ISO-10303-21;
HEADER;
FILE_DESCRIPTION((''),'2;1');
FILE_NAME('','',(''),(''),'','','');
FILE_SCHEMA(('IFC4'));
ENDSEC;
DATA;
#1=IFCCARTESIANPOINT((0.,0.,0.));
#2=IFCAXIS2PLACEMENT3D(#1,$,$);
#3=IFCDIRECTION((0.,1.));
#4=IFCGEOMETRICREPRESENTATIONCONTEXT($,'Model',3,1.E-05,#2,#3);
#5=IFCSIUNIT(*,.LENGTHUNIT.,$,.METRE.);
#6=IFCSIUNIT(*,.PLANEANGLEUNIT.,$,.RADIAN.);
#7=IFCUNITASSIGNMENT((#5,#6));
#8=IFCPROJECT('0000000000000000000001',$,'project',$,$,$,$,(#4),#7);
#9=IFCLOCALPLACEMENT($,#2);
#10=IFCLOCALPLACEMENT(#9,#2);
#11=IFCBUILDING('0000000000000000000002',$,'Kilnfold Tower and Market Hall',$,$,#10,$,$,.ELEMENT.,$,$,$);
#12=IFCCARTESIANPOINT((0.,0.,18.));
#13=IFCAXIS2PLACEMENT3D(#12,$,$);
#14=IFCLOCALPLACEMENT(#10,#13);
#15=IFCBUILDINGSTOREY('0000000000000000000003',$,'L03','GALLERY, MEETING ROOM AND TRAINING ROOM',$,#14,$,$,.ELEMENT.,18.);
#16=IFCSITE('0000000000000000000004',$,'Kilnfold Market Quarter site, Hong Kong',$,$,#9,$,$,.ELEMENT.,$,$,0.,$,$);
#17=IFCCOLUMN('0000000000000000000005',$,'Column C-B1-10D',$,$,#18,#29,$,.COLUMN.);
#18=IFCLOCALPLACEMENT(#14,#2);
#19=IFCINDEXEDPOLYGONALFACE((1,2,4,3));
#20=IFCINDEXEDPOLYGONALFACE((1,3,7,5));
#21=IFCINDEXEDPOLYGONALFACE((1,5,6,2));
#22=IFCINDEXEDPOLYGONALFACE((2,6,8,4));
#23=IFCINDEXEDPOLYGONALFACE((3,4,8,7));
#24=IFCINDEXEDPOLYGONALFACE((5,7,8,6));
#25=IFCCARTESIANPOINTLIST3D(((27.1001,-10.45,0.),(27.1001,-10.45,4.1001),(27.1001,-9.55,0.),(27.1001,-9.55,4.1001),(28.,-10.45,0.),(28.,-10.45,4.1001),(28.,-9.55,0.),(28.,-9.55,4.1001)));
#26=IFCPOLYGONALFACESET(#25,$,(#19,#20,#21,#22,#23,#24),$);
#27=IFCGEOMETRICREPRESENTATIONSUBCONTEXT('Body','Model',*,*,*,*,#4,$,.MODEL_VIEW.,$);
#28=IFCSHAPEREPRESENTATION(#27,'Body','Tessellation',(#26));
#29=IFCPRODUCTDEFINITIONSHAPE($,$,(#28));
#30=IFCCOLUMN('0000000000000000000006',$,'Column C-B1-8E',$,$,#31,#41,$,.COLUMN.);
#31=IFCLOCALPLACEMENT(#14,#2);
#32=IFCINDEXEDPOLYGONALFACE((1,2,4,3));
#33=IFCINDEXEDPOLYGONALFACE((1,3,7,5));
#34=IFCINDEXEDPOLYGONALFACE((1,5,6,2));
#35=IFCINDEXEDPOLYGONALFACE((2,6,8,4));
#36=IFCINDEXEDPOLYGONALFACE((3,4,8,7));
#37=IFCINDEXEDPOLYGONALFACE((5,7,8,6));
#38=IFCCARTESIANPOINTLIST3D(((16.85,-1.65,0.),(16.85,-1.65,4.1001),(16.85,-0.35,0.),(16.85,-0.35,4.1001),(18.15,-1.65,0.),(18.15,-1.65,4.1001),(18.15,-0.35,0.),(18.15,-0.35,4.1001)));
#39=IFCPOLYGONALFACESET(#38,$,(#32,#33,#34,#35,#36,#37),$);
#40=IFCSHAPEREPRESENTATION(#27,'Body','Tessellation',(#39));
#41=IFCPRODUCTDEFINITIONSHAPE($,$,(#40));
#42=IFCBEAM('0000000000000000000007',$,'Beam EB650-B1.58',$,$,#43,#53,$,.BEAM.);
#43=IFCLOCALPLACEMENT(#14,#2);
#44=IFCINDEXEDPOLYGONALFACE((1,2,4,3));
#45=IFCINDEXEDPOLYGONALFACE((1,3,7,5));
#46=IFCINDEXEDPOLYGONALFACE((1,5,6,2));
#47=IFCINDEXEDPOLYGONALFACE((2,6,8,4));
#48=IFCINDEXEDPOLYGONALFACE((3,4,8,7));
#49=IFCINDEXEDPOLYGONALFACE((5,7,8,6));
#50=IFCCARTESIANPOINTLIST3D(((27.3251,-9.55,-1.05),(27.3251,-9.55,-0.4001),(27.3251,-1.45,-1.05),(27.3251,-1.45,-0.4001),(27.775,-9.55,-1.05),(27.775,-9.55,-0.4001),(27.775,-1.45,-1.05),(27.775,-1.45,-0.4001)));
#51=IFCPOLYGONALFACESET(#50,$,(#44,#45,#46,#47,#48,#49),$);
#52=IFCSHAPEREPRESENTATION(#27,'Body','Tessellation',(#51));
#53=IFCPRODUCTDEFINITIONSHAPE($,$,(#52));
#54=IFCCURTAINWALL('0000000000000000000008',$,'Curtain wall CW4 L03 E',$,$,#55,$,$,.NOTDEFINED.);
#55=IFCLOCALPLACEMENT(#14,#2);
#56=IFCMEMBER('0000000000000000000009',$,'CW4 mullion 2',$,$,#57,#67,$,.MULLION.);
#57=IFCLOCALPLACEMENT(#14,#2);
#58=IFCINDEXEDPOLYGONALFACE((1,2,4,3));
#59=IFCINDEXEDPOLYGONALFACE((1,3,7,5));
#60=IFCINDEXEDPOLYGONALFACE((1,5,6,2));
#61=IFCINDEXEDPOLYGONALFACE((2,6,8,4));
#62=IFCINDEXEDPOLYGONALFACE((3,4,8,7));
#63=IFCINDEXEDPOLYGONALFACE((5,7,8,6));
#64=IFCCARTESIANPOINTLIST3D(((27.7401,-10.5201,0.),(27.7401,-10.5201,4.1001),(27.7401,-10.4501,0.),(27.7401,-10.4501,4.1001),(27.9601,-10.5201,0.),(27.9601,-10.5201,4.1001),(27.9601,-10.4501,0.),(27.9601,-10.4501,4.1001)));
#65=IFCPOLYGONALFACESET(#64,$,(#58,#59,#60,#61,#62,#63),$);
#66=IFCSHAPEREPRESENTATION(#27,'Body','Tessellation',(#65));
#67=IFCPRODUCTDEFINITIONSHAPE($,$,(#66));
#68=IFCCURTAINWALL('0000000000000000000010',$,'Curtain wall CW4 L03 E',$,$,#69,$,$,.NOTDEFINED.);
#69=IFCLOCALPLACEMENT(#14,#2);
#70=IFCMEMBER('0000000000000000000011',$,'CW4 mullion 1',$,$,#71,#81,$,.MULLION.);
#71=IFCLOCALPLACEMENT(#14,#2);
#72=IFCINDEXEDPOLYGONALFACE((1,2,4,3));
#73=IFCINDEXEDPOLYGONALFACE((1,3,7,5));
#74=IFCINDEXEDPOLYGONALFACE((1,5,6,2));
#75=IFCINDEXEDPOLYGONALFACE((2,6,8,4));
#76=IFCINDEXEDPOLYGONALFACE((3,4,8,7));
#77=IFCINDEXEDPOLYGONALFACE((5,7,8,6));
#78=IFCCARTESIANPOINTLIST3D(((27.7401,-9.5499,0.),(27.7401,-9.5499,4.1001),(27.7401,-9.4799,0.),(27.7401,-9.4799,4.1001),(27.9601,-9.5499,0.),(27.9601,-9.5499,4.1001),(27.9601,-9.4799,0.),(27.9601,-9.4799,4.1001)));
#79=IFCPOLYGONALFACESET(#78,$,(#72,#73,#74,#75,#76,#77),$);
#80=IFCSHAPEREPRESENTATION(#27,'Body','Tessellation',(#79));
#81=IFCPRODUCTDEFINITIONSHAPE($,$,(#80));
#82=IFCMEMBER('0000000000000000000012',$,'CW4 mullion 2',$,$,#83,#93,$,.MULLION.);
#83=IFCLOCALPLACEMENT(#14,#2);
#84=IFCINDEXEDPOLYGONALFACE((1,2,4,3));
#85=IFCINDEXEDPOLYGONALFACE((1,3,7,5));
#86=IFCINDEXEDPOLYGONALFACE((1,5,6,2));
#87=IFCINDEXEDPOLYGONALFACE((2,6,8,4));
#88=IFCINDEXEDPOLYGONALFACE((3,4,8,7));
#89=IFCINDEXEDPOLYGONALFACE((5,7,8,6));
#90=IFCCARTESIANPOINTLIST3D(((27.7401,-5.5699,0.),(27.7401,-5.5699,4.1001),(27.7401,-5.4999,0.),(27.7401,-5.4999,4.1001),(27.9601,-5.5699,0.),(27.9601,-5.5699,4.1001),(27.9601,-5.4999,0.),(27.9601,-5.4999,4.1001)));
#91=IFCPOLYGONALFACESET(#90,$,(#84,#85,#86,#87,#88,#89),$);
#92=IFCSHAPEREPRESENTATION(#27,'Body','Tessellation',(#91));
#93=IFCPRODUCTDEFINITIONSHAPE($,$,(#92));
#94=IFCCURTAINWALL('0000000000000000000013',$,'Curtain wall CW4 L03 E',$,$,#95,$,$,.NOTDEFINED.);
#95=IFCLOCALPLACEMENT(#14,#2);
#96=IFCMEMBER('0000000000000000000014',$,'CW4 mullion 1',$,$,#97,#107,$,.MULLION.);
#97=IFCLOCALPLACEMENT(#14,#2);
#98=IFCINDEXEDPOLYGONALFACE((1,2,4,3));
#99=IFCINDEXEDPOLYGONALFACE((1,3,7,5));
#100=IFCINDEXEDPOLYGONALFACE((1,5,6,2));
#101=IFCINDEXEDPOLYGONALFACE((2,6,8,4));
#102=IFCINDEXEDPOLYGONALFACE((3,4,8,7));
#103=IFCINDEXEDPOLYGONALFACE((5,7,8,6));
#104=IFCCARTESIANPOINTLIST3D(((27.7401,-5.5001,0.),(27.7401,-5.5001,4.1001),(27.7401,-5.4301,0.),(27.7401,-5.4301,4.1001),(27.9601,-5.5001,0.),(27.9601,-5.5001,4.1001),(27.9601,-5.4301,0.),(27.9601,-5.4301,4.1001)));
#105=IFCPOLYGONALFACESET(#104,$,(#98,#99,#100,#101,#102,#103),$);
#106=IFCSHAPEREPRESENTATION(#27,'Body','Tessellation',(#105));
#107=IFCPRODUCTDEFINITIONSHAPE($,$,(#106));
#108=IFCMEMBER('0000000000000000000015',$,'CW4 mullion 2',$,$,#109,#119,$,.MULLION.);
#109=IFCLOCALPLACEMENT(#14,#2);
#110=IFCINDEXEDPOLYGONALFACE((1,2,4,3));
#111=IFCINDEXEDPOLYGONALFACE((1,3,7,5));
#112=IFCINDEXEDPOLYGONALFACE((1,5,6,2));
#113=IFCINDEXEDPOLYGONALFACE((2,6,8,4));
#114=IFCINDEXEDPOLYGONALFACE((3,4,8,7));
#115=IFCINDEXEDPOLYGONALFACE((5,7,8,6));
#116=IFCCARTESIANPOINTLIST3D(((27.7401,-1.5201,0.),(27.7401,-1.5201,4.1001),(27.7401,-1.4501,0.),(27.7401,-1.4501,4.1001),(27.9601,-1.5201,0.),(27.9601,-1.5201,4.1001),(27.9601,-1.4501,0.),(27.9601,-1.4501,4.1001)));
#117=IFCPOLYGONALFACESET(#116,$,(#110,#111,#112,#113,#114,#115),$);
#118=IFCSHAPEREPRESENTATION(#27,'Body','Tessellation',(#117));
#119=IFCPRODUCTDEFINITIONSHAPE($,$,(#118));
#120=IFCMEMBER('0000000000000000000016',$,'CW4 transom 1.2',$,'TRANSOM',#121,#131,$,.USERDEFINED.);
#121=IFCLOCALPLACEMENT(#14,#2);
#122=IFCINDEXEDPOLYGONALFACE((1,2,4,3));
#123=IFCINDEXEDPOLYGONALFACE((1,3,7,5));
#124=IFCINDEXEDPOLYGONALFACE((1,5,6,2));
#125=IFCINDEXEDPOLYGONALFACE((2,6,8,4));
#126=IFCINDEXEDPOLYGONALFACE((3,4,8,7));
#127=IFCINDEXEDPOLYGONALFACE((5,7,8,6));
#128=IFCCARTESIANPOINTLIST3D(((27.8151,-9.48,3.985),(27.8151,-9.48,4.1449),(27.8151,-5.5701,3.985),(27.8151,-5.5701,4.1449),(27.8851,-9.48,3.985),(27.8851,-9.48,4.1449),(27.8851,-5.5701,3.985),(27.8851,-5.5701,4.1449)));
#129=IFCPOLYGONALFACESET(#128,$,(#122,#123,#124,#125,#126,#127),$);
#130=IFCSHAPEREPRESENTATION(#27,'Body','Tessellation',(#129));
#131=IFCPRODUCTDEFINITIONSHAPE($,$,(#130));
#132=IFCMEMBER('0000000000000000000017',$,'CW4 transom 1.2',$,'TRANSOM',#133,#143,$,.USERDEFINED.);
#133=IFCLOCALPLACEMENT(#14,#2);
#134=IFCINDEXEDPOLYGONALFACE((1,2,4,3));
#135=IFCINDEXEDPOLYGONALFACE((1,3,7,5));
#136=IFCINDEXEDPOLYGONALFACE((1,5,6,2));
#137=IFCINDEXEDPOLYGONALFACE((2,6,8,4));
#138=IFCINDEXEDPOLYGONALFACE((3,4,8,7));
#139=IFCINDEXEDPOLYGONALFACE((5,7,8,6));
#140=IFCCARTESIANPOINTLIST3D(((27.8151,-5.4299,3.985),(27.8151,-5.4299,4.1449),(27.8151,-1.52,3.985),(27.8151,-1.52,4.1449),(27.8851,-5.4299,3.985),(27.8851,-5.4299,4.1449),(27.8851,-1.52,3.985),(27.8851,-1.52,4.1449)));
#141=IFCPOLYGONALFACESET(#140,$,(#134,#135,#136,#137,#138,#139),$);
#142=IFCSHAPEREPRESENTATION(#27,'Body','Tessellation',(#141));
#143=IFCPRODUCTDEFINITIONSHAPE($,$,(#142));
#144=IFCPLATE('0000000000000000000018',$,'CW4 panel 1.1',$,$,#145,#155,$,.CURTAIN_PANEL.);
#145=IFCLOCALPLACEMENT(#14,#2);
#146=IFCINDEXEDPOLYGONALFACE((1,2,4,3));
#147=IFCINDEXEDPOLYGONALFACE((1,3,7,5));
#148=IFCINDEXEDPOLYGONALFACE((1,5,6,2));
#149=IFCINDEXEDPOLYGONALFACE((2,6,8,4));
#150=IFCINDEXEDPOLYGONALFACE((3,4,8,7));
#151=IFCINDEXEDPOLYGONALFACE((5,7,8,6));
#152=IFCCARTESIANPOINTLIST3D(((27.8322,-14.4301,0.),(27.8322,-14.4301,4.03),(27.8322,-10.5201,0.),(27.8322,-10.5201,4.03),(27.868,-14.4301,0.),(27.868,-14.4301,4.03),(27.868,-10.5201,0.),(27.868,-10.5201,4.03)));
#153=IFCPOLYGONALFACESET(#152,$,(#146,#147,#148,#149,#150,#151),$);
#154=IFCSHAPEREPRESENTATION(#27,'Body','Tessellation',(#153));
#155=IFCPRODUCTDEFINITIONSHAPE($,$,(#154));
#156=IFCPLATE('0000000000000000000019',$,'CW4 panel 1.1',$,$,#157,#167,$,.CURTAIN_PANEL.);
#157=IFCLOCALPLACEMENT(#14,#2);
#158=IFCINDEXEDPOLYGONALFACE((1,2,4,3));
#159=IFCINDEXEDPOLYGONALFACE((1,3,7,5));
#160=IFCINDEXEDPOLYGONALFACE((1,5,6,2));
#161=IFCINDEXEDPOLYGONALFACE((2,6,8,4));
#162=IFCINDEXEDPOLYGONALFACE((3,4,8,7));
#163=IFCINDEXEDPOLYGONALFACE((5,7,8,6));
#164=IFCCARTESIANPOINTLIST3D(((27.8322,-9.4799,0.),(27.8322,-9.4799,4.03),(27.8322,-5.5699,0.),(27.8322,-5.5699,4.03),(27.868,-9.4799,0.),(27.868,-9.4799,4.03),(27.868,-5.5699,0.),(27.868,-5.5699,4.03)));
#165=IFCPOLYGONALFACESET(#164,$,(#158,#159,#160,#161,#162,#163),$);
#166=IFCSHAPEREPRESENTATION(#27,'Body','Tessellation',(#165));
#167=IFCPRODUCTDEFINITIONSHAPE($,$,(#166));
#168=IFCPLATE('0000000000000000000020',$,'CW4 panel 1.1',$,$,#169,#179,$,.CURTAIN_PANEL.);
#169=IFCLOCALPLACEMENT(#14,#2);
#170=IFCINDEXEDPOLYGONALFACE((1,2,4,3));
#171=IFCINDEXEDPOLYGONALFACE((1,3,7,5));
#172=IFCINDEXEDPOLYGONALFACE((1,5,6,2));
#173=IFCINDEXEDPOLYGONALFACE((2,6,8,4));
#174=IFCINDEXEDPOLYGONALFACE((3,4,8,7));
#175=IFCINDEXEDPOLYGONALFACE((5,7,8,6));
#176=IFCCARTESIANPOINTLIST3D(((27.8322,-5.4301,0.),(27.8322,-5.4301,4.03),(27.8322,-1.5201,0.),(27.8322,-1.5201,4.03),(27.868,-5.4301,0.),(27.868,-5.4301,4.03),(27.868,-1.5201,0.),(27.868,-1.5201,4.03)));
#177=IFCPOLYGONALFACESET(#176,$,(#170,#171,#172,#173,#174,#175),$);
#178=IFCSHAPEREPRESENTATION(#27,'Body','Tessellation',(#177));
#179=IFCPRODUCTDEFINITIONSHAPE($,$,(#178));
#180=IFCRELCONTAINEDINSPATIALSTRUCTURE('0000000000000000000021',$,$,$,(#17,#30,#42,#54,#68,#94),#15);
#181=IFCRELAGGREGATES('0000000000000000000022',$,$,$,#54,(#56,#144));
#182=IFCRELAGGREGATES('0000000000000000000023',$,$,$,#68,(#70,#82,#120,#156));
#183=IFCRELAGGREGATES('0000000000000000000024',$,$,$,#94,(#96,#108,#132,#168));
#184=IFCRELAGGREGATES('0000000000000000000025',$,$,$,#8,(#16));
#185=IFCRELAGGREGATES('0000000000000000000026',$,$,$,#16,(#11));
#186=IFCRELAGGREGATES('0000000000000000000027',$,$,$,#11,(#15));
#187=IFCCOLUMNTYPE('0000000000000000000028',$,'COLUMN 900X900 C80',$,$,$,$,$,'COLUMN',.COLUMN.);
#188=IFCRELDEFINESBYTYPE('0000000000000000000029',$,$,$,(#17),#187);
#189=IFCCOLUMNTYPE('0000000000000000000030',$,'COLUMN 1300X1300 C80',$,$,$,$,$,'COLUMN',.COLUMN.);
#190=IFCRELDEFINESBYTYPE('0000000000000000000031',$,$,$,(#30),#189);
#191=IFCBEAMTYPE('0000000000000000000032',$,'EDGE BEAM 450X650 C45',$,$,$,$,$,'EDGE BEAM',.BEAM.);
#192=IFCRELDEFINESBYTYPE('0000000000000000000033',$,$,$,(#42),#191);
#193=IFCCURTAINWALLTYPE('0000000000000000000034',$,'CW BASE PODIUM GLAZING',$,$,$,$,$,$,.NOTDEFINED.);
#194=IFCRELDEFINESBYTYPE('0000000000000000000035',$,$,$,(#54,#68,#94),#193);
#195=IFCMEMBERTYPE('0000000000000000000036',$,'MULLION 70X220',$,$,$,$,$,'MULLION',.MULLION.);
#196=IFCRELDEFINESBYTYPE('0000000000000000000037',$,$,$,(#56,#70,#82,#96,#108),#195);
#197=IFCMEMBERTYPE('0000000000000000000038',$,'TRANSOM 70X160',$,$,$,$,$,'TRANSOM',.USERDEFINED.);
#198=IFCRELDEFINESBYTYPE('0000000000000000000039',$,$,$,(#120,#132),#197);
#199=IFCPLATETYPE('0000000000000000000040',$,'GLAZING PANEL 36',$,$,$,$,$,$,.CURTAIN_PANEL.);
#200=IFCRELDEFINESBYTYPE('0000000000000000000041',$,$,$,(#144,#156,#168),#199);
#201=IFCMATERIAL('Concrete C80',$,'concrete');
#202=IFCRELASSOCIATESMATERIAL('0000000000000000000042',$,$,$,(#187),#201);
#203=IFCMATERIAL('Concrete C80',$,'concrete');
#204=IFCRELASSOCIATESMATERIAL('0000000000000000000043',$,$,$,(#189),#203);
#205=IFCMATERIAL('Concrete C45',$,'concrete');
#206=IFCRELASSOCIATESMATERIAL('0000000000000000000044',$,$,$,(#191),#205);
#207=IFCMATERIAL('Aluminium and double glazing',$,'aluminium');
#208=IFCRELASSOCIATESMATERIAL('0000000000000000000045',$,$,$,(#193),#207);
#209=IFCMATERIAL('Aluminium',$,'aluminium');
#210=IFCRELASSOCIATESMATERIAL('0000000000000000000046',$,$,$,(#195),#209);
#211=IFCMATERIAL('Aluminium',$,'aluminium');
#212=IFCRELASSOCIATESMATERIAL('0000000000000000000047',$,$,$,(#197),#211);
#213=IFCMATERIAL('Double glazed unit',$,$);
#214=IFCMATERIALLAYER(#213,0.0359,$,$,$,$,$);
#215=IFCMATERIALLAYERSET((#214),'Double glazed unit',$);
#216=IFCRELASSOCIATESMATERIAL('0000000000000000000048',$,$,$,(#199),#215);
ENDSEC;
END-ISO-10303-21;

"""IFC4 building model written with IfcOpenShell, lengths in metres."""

from ifc_helpers import new_model, si_unit, direction, frame, origin, origin_2d, place, context, subcontext, project, spatial, rectangle, extrude, source, transform, mapped, material, layer, layer_set, material_profile, profile_set, type_object, element, aggregate, save


model = new_model("IFC4")

# Units and contexts
model_context = context("Model", 3, precision=1e-05, world=origin(), true_north=direction((0.0, 1.0)))
body_context = subcontext(model_context, "Body", "Model", "MODEL_VIEW")
ifc_project = project(units=[si_unit("LENGTHUNIT", "METRE"), si_unit("PLANEANGLEUNIT", "RADIAN")], contexts=[model_context])

# Site, building, storey
site_placement = place(None, origin())
site = spatial("IfcSite", under=ifc_project, at=site_placement, Name="Kilnfold Market Quarter site, Hong Kong", CompositionType="ELEMENT", RefElevation=0.0)
building_placement = place(site_placement, origin())
building = spatial("IfcBuilding", under=site, at=building_placement, Name="Kilnfold Tower and Market Hall", CompositionType="ELEMENT")
storey_placement = place(building_placement, frame((0.0, 0.0, 18.0)))
storey = spatial("IfcBuildingStorey", under=building, at=storey_placement, Name="L03", Description="GALLERY, MEETING ROOM AND TRAINING ROOM", CompositionType="ELEMENT", Elevation=18.0)

# Columns
ifc_material_1 = material(Name="Concrete C80", Category="concrete")
ifc_material_profile_1 = material_profile(ifc_material_1, rectangle(XDim=0.8999, YDim=0.8999, at=origin_2d()), Name="RC 900x900")
ifc_profile_set_1 = profile_set([ifc_material_profile_1], Name="Concrete C80")
column_type_1 = type_object("IfcColumnType", Name="COLUMN 900X900 C80", ElementType="COLUMN", PredefinedType="COLUMN", material=ifc_profile_set_1)
shared_shape_1 = source(origin(), body_context, "Body", "SweptSolid", [
    extrude(rectangle(XDim=0.8999, YDim=0.8999, at=origin_2d()), origin(), (0.0, 0.0, 1.0), 4.1001),
])
column_1_placement = place(storey_placement, frame((27.55, -10.0, 0.0), z_axis=(0.0, 0.0, 1.0), x_axis=(1.0, 0.0, 0.0)))
element("IfcColumn", 1, at=column_1_placement, inside=storey, type_object=column_type_1, Name="Column C-B1-10D", PredefinedType="COLUMN", context=body_context, shape_type="MappedRepresentation", body=[
    mapped(shared_shape_1, transform((0.0, 0.0, 0.0))),
])
ifc_material_2 = material(Name="Concrete C80", Category="concrete")
ifc_material_profile_2 = material_profile(ifc_material_2, rectangle(XDim=1.3, YDim=1.3, at=origin_2d()), Name="RC 1300x1300")
ifc_profile_set_2 = profile_set([ifc_material_profile_2], Name="Concrete C80")
column_type_2 = type_object("IfcColumnType", Name="COLUMN 1300X1300 C80", ElementType="COLUMN", PredefinedType="COLUMN", material=ifc_profile_set_2)
shared_shape_2 = source(origin(), body_context, "Body", "SweptSolid", [
    extrude(rectangle(XDim=1.3, YDim=1.3, at=origin_2d()), origin(), (0.0, 0.0, 1.0), 4.1001),
])
column_2_placement = place(storey_placement, frame((17.5, -1.0, 0.0), z_axis=(0.0, 0.0, 1.0), x_axis=(1.0, 0.0, 0.0)))
element("IfcColumn", 2, at=column_2_placement, inside=storey, type_object=column_type_2, Name="Column C-B1-8E", PredefinedType="COLUMN", context=body_context, shape_type="MappedRepresentation", body=[
    mapped(shared_shape_2, transform((0.0, 0.0, 0.0))),
])

# Beam
ifc_material_3 = material(Name="Concrete C45", Category="concrete")
ifc_material_profile_3 = material_profile(ifc_material_3, rectangle(XDim=0.45, YDim=0.6499, at=origin_2d()), Name="RC 450x650")
ifc_profile_set_3 = profile_set([ifc_material_profile_3], Name="Concrete C45")
beam_type = type_object("IfcBeamType", Name="EDGE BEAM 450X650 C45", ElementType="EDGE BEAM", PredefinedType="BEAM", material=ifc_profile_set_3)
shared_shape_3 = source(origin(), body_context, "Body", "SweptSolid", [
    extrude(rectangle(XDim=0.45, YDim=0.6499, at=origin_2d()), origin(), (0.0, 0.0, 1.0), 8.1001),
])
beam_placement = place(storey_placement, frame((27.55, -9.55, -0.7251), z_axis=(0.0, 1.0, 0.0), x_axis=(-1.0, 0.0, 0.0)))
element("IfcBeam", 3, at=beam_placement, inside=storey, type_object=beam_type, Name="Beam EB650-B1.58", PredefinedType="BEAM", context=body_context, shape_type="MappedRepresentation", body=[
    mapped(shared_shape_3, transform((0.0, 0.0, 0.0))),
])

# Curtain wall, member
ifc_material_4 = material(Name="Aluminium and double glazing", Category="aluminium")
curtain_wall_type = type_object("IfcCurtainWallType", Name="CW BASE PODIUM GLAZING", PredefinedType="NOTDEFINED", material=ifc_material_4)
curtain_wall_1_placement = place(storey_placement, origin())
curtain_wall_1 = element("IfcCurtainWall", 4, at=curtain_wall_1_placement, inside=storey, type_object=curtain_wall_type, Name="Curtain wall CW4 L03 E", PredefinedType="NOTDEFINED")
ifc_material_5 = material(Name="Aluminium", Category="aluminium")
ifc_material_profile_4 = material_profile(ifc_material_5, rectangle(XDim=0.0701, YDim=0.22, at=origin_2d()), Name="MULLION 70x220")
ifc_profile_set_4 = profile_set([ifc_material_profile_4], Name="Aluminium")
member_type_1 = type_object("IfcMemberType", Name="MULLION 70X220", ElementType="MULLION", PredefinedType="MULLION", material=ifc_profile_set_4)
shared_shape_4 = source(origin(), body_context, "Body", "SweptSolid", [
    extrude(rectangle(XDim=0.0701, YDim=0.22, at=origin_2d()), origin(), (0.0, 0.0, 1.0), 4.1001),
])
member_1_placement = place(storey_placement, frame((27.8501, -10.4851, 0.0), z_axis=(0.0, 0.0, 1.0), x_axis=(0.0, 1.0, 0.0)))
member_1 = element("IfcMember", 5, at=member_1_placement, type_object=member_type_1, Name="CW4 mullion 2", PredefinedType="MULLION", context=body_context, shape_type="MappedRepresentation", body=[
    mapped(shared_shape_4, transform((0.0, 0.0, 0.0))),
])

# Curtain walls, members
curtain_wall_2_placement = place(storey_placement, origin())
curtain_wall_2 = element("IfcCurtainWall", 6, at=curtain_wall_2_placement, inside=storey, type_object=curtain_wall_type, Name="Curtain wall CW4 L03 E", PredefinedType="NOTDEFINED")
member_2_placement = place(storey_placement, frame((27.8501, -9.5149, 0.0), z_axis=(0.0, 0.0, 1.0), x_axis=(0.0, 1.0, 0.0)))
member_2 = element("IfcMember", 7, at=member_2_placement, type_object=member_type_1, Name="CW4 mullion 1", PredefinedType="MULLION", context=body_context, shape_type="MappedRepresentation", body=[
    mapped(shared_shape_4, transform((0.0, 0.0, 0.0))),
])
member_3_placement = place(storey_placement, frame((27.8501, -5.5349, 0.0), z_axis=(0.0, 0.0, 1.0), x_axis=(0.0, 1.0, 0.0)))
member_3 = element("IfcMember", 8, at=member_3_placement, type_object=member_type_1, Name="CW4 mullion 2", PredefinedType="MULLION", context=body_context, shape_type="MappedRepresentation", body=[
    mapped(shared_shape_4, transform((0.0, 0.0, 0.0))),
])
curtain_wall_3_placement = place(storey_placement, origin())
curtain_wall_3 = element("IfcCurtainWall", 9, at=curtain_wall_3_placement, inside=storey, type_object=curtain_wall_type, Name="Curtain wall CW4 L03 E", PredefinedType="NOTDEFINED")
member_4_placement = place(storey_placement, frame((27.8501, -5.4651, 0.0), z_axis=(0.0, 0.0, 1.0), x_axis=(0.0, 1.0, 0.0)))
member_4 = element("IfcMember", 10, at=member_4_placement, type_object=member_type_1, Name="CW4 mullion 1", PredefinedType="MULLION", context=body_context, shape_type="MappedRepresentation", body=[
    mapped(shared_shape_4, transform((0.0, 0.0, 0.0))),
])
member_5_placement = place(storey_placement, frame((27.8501, -1.4851, 0.0), z_axis=(0.0, 0.0, 1.0), x_axis=(0.0, 1.0, 0.0)))
member_5 = element("IfcMember", 11, at=member_5_placement, type_object=member_type_1, Name="CW4 mullion 2", PredefinedType="MULLION", context=body_context, shape_type="MappedRepresentation", body=[
    mapped(shared_shape_4, transform((0.0, 0.0, 0.0))),
])

# Members
ifc_material_6 = material(Name="Aluminium", Category="aluminium")
ifc_material_profile_5 = material_profile(ifc_material_6, rectangle(XDim=0.0701, YDim=0.1599, at=origin_2d()), Name="TRANSOM 70x160")
ifc_profile_set_5 = profile_set([ifc_material_profile_5], Name="Aluminium")
member_type_2 = type_object("IfcMemberType", Name="TRANSOM 70X160", ElementType="TRANSOM", PredefinedType="USERDEFINED", material=ifc_profile_set_5)
shared_shape_5 = source(origin(), body_context, "Body", "SweptSolid", [
    extrude(rectangle(XDim=0.0701, YDim=0.1599, at=origin_2d()), origin(), (0.0, 0.0, 1.0), 3.9099),
])
member_6_placement = place(storey_placement, frame((27.8501, -9.48, 4.0649), z_axis=(0.0, 1.0, 0.0), x_axis=(-1.0, 0.0, 0.0)))
member_6 = element("IfcMember", 12, at=member_6_placement, type_object=member_type_2, Name="CW4 transom 1.2", ObjectType="TRANSOM", PredefinedType="USERDEFINED", context=body_context, shape_type="MappedRepresentation", body=[
    mapped(shared_shape_5, transform((0.0, 0.0, 0.0))),
])
member_7_placement = place(storey_placement, frame((27.8501, -5.4299, 4.0649), z_axis=(0.0, 1.0, 0.0), x_axis=(-1.0, 0.0, 0.0)))
member_7 = element("IfcMember", 13, at=member_7_placement, type_object=member_type_2, Name="CW4 transom 1.2", ObjectType="TRANSOM", PredefinedType="USERDEFINED", context=body_context, shape_type="MappedRepresentation", body=[
    mapped(shared_shape_5, transform((0.0, 0.0, 0.0))),
])

# Plates
ifc_material_7 = material(Name="Double glazed unit")
ifc_layer_1 = layer(ifc_material_7, 0.0359)
ifc_layer_set_1 = layer_set([ifc_layer_1], Name="Double glazed unit")
plate_type = type_object("IfcPlateType", Name="GLAZING PANEL 36", PredefinedType="CURTAIN_PANEL", material=ifc_layer_set_1)
shared_shape_6 = source(origin(), body_context, "Body", "SweptSolid", [
    extrude(rectangle(XDim=3.9099, YDim=0.0359, at=origin_2d()), origin(), (0.0, 0.0, 1.0), 4.03),
])
plate_1_placement = place(storey_placement, frame((27.8501, -12.4751, 0.0), z_axis=(0.0, 0.0, 1.0), x_axis=(0.0, 1.0, 0.0)))
plate_1 = element("IfcPlate", 14, at=plate_1_placement, type_object=plate_type, Name="CW4 panel 1.1", PredefinedType="CURTAIN_PANEL", context=body_context, shape_type="MappedRepresentation", body=[
    mapped(shared_shape_6, transform((0.0, 0.0, 0.0))),
])
aggregate(curtain_wall_1, [member_1, plate_1])
plate_2_placement = place(storey_placement, frame((27.8501, -7.5249, 0.0), z_axis=(0.0, 0.0, 1.0), x_axis=(0.0, 1.0, 0.0)))
plate_2 = element("IfcPlate", 15, at=plate_2_placement, type_object=plate_type, Name="CW4 panel 1.1", PredefinedType="CURTAIN_PANEL", context=body_context, shape_type="MappedRepresentation", body=[
    mapped(shared_shape_6, transform((0.0, 0.0, 0.0))),
])
aggregate(curtain_wall_2, [member_2, member_3, member_6, plate_2])
plate_3_placement = place(storey_placement, frame((27.8501, -3.4751, 0.0), z_axis=(0.0, 0.0, 1.0), x_axis=(0.0, 1.0, 0.0)))
plate_3 = element("IfcPlate", 16, at=plate_3_placement, type_object=plate_type, Name="CW4 panel 1.1", PredefinedType="CURTAIN_PANEL", context=body_context, shape_type="MappedRepresentation", body=[
    mapped(shared_shape_6, transform((0.0, 0.0, 0.0))),
])
aggregate(curtain_wall_3, [member_4, member_5, member_7, plate_3])

save(model, "model.ifc")
